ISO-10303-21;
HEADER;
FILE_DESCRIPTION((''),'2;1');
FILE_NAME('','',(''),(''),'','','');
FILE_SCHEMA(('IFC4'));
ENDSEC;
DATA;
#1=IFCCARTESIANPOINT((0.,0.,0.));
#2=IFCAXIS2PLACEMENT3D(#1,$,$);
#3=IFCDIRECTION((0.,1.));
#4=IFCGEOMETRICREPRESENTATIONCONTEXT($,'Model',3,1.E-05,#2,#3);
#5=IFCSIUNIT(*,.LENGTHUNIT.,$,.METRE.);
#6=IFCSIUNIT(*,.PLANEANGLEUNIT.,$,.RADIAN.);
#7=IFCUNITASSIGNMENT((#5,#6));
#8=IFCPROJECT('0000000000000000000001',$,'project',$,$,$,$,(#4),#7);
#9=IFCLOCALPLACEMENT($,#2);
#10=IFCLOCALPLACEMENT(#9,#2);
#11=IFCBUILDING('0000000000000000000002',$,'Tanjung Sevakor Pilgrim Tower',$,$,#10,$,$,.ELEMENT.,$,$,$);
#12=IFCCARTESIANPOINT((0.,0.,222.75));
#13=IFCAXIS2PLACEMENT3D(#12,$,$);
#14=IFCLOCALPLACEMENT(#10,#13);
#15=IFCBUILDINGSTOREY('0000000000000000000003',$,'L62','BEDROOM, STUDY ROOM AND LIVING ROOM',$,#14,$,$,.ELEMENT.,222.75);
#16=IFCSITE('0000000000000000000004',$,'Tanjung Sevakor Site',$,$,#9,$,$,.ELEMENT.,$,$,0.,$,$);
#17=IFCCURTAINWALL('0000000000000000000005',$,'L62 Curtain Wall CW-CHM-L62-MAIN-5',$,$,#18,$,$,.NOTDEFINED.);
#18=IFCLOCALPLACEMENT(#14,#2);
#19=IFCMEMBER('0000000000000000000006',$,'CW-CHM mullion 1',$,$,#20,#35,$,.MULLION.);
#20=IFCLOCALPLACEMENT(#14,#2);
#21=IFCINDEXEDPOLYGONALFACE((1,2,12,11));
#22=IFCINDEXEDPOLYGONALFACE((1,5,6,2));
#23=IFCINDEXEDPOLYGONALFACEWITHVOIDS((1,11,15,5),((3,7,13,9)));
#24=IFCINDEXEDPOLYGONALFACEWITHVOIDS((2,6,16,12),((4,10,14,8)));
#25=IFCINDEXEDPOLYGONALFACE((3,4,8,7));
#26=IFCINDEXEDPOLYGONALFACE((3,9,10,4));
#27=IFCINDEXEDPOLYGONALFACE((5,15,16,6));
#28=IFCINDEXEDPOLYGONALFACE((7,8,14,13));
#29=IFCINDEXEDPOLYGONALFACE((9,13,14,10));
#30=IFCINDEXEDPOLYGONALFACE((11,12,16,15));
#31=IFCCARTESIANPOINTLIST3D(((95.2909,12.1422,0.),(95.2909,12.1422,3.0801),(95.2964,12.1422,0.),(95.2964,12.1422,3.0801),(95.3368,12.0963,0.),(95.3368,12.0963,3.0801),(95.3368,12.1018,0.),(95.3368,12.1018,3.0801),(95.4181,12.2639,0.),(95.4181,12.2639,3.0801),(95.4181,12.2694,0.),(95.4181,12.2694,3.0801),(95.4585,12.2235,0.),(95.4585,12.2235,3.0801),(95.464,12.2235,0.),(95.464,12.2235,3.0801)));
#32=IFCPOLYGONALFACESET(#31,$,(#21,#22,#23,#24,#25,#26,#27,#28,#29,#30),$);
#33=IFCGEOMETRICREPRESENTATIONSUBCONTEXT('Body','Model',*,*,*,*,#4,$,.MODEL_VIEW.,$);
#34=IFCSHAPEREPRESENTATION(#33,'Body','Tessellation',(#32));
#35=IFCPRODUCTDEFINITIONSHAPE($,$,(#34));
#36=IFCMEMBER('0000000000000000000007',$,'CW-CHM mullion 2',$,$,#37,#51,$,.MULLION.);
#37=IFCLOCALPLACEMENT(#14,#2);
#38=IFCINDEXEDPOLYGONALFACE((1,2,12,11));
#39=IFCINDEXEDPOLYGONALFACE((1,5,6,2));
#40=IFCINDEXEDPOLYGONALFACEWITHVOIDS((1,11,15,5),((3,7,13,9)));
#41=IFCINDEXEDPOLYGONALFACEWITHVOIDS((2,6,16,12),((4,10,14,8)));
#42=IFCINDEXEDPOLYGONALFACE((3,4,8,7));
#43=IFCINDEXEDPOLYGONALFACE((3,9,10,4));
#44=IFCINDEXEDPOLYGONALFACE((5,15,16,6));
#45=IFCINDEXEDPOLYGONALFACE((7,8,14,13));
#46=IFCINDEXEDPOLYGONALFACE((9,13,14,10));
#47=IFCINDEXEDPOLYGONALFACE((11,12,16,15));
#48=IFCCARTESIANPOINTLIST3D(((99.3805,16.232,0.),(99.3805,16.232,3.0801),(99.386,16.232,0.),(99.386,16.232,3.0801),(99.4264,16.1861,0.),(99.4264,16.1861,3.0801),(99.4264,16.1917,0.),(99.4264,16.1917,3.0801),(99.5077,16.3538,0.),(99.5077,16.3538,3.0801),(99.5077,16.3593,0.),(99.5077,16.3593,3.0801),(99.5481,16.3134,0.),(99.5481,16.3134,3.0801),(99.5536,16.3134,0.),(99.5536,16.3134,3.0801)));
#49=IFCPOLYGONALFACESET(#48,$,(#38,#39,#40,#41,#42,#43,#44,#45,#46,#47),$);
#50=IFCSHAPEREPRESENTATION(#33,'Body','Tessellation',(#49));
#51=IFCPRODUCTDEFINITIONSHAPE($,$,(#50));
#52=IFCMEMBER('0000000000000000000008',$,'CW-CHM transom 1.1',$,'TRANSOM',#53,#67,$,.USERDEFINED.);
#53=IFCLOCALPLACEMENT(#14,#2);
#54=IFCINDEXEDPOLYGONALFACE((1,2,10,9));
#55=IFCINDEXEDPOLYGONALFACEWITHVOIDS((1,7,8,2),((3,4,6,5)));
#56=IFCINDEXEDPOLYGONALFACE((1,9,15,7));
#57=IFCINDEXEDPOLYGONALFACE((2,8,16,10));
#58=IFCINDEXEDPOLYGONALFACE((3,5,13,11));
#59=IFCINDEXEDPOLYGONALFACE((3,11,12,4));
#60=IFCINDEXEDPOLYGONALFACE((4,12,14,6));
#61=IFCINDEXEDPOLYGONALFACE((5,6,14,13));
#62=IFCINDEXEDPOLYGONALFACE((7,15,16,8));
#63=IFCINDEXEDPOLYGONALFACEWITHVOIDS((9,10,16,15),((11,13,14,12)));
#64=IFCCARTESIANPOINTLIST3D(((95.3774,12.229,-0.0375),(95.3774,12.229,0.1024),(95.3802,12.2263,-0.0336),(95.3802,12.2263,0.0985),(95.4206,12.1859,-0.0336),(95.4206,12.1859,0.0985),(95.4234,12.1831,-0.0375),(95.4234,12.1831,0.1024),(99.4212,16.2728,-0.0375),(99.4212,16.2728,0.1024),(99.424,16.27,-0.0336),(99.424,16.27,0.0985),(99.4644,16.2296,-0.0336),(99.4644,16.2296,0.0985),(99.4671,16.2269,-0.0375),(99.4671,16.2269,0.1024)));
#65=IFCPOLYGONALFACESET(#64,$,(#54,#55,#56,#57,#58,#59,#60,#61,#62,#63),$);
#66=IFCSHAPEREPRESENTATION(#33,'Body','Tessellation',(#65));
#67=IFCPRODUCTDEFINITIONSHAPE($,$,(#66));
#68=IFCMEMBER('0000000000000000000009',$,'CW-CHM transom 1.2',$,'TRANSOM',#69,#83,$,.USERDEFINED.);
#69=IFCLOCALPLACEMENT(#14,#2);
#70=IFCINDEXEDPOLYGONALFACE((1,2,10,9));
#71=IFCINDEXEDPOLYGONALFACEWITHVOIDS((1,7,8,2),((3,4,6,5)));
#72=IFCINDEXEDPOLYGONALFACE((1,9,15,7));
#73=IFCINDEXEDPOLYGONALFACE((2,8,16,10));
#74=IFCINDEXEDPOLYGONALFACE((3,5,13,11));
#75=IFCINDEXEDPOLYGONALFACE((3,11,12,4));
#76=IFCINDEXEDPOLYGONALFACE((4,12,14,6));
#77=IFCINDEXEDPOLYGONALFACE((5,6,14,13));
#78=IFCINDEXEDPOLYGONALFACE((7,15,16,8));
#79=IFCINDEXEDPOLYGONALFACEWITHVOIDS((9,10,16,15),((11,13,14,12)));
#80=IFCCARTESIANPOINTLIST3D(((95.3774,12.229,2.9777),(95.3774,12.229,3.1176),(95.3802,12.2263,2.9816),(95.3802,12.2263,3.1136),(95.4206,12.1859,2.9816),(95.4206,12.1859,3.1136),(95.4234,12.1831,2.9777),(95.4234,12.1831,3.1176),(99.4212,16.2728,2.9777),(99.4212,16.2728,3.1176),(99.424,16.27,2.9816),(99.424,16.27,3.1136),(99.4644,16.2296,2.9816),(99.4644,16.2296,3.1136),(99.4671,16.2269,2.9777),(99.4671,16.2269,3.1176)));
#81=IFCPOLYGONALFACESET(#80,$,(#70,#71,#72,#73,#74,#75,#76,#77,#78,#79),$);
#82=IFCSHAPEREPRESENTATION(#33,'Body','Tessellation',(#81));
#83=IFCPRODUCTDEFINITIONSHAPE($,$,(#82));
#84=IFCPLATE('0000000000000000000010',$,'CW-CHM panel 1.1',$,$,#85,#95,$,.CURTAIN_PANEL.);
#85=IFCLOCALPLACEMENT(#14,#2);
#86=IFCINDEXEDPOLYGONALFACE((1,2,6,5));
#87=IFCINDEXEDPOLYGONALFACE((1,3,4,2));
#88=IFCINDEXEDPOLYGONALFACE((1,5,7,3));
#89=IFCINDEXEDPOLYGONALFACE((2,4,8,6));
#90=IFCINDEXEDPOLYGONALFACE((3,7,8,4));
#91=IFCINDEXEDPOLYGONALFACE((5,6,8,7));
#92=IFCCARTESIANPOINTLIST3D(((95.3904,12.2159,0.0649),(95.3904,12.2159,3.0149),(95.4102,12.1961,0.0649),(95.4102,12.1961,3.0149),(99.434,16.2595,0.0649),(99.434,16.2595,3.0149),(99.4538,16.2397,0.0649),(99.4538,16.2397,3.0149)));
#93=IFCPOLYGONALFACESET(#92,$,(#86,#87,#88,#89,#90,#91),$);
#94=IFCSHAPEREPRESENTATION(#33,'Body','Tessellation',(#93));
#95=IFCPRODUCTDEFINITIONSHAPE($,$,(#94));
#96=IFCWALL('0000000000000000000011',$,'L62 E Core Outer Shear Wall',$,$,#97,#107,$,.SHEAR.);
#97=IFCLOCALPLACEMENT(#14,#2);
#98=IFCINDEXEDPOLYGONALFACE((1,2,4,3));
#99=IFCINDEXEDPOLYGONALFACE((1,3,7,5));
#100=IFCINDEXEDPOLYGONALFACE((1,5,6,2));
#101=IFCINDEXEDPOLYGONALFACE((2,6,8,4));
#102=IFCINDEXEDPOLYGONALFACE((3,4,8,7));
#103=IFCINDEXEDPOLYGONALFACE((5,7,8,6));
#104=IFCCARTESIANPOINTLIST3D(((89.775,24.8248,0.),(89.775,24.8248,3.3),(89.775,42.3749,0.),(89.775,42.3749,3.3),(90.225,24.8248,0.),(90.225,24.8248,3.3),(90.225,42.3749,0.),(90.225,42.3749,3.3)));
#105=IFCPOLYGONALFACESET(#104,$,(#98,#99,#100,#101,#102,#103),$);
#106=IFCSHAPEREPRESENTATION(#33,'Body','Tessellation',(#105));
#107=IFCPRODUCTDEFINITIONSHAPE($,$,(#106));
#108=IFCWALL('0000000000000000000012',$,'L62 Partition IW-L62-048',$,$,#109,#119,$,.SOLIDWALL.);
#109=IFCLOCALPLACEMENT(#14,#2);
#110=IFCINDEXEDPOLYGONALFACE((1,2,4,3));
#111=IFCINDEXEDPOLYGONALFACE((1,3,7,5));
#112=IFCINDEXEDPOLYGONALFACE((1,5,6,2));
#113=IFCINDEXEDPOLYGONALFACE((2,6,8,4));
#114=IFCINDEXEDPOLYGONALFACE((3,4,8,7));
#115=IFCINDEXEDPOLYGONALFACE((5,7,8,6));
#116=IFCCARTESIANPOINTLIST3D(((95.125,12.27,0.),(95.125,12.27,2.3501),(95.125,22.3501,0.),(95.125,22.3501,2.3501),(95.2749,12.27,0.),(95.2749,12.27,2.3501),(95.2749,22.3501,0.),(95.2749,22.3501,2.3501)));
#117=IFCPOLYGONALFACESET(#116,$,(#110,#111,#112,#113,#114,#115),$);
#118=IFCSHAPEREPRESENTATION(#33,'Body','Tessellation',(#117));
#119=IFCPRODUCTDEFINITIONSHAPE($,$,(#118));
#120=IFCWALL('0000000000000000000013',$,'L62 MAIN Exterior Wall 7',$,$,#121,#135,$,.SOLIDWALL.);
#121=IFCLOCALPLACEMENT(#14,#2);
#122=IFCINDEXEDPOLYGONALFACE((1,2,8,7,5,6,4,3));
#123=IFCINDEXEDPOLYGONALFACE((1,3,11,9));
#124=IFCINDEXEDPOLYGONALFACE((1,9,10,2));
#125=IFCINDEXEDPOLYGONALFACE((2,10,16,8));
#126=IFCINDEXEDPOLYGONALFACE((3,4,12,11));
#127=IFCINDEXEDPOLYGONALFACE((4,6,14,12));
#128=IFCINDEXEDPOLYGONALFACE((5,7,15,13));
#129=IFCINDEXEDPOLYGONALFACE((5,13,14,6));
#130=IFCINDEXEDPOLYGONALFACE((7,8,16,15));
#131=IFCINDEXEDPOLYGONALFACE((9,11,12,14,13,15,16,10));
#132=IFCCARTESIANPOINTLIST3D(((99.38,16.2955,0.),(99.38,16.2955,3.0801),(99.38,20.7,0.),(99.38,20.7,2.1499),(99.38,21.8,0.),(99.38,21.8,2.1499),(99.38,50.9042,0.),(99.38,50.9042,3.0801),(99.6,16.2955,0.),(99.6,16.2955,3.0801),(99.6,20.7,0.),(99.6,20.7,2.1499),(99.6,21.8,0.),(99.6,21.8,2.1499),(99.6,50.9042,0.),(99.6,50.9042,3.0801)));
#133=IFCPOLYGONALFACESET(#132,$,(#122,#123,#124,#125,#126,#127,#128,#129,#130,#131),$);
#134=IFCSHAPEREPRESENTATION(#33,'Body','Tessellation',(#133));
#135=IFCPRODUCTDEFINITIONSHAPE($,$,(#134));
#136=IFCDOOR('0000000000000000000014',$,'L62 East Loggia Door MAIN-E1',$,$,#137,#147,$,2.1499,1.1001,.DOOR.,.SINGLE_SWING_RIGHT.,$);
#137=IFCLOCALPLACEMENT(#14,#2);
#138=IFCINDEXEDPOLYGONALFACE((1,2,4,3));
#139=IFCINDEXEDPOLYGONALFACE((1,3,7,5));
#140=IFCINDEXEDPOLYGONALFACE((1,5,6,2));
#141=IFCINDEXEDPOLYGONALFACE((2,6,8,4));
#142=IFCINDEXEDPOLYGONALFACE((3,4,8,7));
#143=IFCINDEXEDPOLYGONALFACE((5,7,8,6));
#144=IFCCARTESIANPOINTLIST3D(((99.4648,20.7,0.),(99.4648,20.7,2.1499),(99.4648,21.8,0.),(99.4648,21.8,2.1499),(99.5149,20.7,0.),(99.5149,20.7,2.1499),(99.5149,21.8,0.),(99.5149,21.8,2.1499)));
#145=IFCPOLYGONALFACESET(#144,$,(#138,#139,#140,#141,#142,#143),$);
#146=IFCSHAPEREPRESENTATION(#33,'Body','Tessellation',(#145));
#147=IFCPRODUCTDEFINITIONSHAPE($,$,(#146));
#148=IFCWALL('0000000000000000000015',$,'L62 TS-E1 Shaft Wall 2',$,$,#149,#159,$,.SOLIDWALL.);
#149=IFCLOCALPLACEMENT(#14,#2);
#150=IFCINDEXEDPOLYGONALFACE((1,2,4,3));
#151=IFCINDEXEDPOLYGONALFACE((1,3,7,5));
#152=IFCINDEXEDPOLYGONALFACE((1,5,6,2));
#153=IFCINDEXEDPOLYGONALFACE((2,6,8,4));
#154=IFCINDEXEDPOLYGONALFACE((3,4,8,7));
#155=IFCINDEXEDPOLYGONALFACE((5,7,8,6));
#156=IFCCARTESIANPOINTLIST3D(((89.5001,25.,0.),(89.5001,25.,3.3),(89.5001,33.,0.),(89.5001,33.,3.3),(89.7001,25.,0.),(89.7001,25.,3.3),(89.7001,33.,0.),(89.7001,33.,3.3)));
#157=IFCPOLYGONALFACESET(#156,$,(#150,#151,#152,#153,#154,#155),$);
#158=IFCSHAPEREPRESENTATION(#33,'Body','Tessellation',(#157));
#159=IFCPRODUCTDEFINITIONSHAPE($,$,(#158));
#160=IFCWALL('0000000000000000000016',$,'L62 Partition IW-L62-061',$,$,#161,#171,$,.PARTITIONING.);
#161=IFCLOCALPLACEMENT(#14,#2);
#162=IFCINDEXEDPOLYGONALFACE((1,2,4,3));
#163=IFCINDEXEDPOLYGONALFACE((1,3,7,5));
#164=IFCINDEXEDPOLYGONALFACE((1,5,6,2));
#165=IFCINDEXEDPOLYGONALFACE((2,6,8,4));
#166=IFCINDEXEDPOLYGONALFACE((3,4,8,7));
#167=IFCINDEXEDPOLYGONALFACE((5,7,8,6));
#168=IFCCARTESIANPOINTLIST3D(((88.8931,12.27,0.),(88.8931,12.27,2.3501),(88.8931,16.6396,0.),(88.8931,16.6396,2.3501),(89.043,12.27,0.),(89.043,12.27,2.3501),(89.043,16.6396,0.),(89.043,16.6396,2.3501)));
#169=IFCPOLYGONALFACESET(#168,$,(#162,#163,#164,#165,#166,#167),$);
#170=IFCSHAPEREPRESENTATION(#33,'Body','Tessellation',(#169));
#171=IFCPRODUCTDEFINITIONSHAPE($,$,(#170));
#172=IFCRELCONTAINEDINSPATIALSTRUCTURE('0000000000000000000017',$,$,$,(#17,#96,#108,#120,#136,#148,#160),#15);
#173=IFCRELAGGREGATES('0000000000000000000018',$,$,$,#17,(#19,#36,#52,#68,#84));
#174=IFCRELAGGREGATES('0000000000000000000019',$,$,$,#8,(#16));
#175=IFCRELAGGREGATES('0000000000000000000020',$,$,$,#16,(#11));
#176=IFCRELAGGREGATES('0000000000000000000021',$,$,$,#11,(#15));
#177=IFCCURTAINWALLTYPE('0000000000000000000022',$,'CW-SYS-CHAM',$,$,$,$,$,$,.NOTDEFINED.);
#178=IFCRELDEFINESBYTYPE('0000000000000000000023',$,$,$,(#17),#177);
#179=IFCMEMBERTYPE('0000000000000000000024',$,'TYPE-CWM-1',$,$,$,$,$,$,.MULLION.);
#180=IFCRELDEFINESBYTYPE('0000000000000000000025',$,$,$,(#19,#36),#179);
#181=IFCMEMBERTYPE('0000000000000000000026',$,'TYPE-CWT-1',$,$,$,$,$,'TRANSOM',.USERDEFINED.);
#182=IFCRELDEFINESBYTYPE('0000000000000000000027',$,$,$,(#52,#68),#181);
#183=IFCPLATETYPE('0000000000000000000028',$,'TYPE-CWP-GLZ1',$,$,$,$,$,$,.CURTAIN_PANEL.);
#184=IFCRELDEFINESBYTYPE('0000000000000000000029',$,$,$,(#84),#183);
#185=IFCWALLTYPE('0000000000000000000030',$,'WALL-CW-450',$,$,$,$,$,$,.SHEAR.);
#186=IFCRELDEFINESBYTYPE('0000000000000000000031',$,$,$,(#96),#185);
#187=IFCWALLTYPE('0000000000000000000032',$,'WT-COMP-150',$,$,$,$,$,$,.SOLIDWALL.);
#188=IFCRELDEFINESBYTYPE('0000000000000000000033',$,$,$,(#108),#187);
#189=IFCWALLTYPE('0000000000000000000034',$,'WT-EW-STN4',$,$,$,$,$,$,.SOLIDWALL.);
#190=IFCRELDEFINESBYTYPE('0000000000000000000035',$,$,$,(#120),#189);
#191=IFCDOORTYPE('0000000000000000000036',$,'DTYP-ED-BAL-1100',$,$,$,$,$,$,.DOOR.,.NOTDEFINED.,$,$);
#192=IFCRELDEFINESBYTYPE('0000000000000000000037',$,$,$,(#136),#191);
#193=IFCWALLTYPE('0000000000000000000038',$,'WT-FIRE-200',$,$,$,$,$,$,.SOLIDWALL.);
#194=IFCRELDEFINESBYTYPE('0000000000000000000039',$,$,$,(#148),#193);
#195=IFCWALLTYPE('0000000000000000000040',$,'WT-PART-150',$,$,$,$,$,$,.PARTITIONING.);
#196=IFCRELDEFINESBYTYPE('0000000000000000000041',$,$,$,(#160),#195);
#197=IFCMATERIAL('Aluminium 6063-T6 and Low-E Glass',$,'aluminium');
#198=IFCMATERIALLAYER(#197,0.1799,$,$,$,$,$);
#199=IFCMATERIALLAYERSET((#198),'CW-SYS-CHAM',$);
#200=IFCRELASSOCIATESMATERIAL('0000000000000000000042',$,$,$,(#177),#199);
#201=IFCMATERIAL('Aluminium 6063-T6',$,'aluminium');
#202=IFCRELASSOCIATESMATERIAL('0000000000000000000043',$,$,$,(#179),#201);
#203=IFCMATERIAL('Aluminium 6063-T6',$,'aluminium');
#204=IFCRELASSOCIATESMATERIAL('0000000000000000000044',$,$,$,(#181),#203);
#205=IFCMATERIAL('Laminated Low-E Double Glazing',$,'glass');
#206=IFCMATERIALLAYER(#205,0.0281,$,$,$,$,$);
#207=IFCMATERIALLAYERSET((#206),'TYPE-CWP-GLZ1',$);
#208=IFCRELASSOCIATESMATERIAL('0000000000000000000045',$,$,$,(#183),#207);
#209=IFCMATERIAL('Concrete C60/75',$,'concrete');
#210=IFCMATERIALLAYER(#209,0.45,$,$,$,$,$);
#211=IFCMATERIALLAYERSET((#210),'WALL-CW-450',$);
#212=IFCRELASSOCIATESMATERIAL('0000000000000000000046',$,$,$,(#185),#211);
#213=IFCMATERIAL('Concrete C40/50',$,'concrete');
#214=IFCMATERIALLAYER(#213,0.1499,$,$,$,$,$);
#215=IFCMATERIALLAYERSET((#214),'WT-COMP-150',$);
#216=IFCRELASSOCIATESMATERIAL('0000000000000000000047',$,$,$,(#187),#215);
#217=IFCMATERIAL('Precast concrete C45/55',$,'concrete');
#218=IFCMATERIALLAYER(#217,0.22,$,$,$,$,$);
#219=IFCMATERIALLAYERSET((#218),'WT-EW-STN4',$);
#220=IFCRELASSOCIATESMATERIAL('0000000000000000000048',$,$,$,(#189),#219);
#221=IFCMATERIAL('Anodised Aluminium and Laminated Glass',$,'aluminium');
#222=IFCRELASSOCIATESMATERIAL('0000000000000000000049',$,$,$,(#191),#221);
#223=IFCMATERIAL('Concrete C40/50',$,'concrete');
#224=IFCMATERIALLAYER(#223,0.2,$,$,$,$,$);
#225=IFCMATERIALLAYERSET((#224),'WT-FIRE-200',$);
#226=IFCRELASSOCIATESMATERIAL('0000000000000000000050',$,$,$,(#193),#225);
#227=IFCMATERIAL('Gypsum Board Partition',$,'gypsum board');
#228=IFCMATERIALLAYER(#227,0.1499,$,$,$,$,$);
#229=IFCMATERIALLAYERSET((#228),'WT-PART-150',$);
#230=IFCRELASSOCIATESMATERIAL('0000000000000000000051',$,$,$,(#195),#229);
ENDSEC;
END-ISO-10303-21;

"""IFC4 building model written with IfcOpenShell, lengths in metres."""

from ifc_helpers import new_model, si_unit, direction, frame, frame_2d, origin, origin_2d, place, context, subcontext, project, spatial, rectangle, hollow_rectangle, extrude, material, layer, layer_set, material_profile, profile_set, type_object, element, fill, aggregate, save


model = new_model("IFC4")

# Units and contexts
model_context = context("Model", 3, precision=1e-05, world=origin(), true_north=direction((0.0, 1.0)))
body_context = subcontext(model_context, "Body", "Model", "MODEL_VIEW")
ifc_project = project(units=[si_unit("LENGTHUNIT", "METRE"), si_unit("PLANEANGLEUNIT", "RADIAN")], contexts=[model_context])

# Site, building, storey
site_placement = place(None, origin())
site = spatial("IfcSite", under=ifc_project, at=site_placement, Name="Tanjung Sevakor Site", CompositionType="ELEMENT", RefElevation=0.0)
building_placement = place(site_placement, origin())
building = spatial("IfcBuilding", under=site, at=building_placement, Name="Tanjung Sevakor Pilgrim Tower", CompositionType="ELEMENT")
storey_placement = place(building_placement, frame((0.0, 0.0, 222.75)))
storey = spatial("IfcBuildingStorey", under=building, at=storey_placement, Name="L62", Description="BEDROOM, STUDY ROOM AND LIVING ROOM", CompositionType="ELEMENT", Elevation=222.75)

# Curtain wall, members, plate
ifc_material_1 = material(Name="Aluminium 6063-T6 and Low-E Glass", Category="aluminium")
ifc_layer_1 = layer(ifc_material_1, 0.1799)
ifc_layer_set_1 = layer_set([ifc_layer_1], Name="CW-SYS-CHAM")
curtain_wall_type = type_object("IfcCurtainWallType", Name="CW-SYS-CHAM", PredefinedType="NOTDEFINED", material=ifc_layer_set_1)
curtain_wall_placement = place(storey_placement, origin())
curtain_wall = element("IfcCurtainWall", 1, at=curtain_wall_placement, inside=storey, type_object=curtain_wall_type, Name="L62 Curtain Wall CW-CHM-L62-MAIN-5", PredefinedType="NOTDEFINED")
ifc_material_2 = material(Name="Aluminium 6063-T6", Category="aluminium")
ifc_material_profile_1 = material_profile(ifc_material_2, hollow_rectangle(XDim=0.0649, YDim=0.1799, WallThickness=0.0039, at=origin_2d()))
ifc_profile_set_1 = profile_set([ifc_material_profile_1], Name="Aluminium 6063-T6")
member_type_1 = type_object("IfcMemberType", Name="TYPE-CWM-1", PredefinedType="MULLION", material=ifc_profile_set_1)
member_1_placement = place(storey_placement, frame((95.3774, 12.1829, 0.0), z_axis=(0.0, 0.0, 1.0), x_axis=(-0.707107, 0.707107, 0.0)))
member_1 = element("IfcMember", 2, at=member_1_placement, type_object=member_type_1, Name="CW-CHM mullion 1", PredefinedType="MULLION", context=body_context, shape_type="SweptSolid", body=[
    extrude(hollow_rectangle(XDim=0.0649, YDim=0.1799, WallThickness=0.0039, at=origin_2d()), origin(), (0.0, 0.0, 1.0), 3.0801),
])
member_2_placement = place(storey_placement, frame((99.467, 16.2727, 0.0), z_axis=(0.0, 0.0, 1.0), x_axis=(-0.707107, 0.707107, 0.0)))
member_2 = element("IfcMember", 3, at=member_2_placement, type_object=member_type_1, Name="CW-CHM mullion 2", PredefinedType="MULLION", context=body_context, shape_type="SweptSolid", body=[
    extrude(hollow_rectangle(XDim=0.0649, YDim=0.1799, WallThickness=0.0039, at=origin_2d()), origin(), (0.0, 0.0, 1.0), 3.0801),
])
ifc_material_3 = material(Name="Aluminium 6063-T6", Category="aluminium")
ifc_material_profile_2 = material_profile(ifc_material_3, hollow_rectangle(XDim=0.0649, YDim=0.1399, WallThickness=0.0039, at=origin_2d()))
ifc_profile_set_2 = profile_set([ifc_material_profile_2], Name="Aluminium 6063-T6")
member_type_2 = type_object("IfcMemberType", Name="TYPE-CWT-1", ElementType="TRANSOM", PredefinedType="USERDEFINED", material=ifc_profile_set_2)
member_3_placement = place(storey_placement, frame((95.4004, 12.2061, 0.0325), z_axis=(0.707107, 0.707107, 0.0), x_axis=(-0.707107, 0.707107, 0.0)))
member_3 = element("IfcMember", 4, at=member_3_placement, type_object=member_type_2, Name="CW-CHM transom 1.1", ObjectType="TRANSOM", PredefinedType="USERDEFINED", context=body_context, shape_type="SweptSolid", body=[
    extrude(hollow_rectangle(XDim=0.0649, YDim=0.1399, WallThickness=0.0039, at=origin_2d()), origin(), (0.0, 0.0, 1.0), 5.7188),
])
member_4_placement = place(storey_placement, frame((95.4004, 12.2061, 3.0476), z_axis=(0.707107, 0.707107, 0.0), x_axis=(-0.707107, 0.707107, 0.0)))
member_4 = element("IfcMember", 5, at=member_4_placement, type_object=member_type_2, Name="CW-CHM transom 1.2", ObjectType="TRANSOM", PredefinedType="USERDEFINED", context=body_context, shape_type="SweptSolid", body=[
    extrude(hollow_rectangle(XDim=0.0649, YDim=0.1399, WallThickness=0.0039, at=origin_2d()), origin(), (0.0, 0.0, 1.0), 5.7188),
])
ifc_material_4 = material(Name="Laminated Low-E Double Glazing", Category="glass")
ifc_layer_2 = layer(ifc_material_4, 0.0281)
ifc_layer_set_2 = layer_set([ifc_layer_2], Name="TYPE-CWP-GLZ1")
plate_type = type_object("IfcPlateType", Name="TYPE-CWP-GLZ1", PredefinedType="CURTAIN_PANEL", material=ifc_layer_set_2)
plate_placement = place(storey_placement, frame((97.4221, 14.2278, 0.0649), z_axis=(0.0, 0.0, 1.0), x_axis=(0.707107, 0.707107, 0.0)))
plate = element("IfcPlate", 6, at=plate_placement, type_object=plate_type, Name="CW-CHM panel 1.1", PredefinedType="CURTAIN_PANEL", context=body_context, shape_type="SweptSolid", body=[
    extrude(rectangle(XDim=5.7185, YDim=0.0281, at=origin_2d()), origin(), (0.0, 0.0, 1.0), 2.95),
])
aggregate(curtain_wall, [member_1, member_2, member_3, member_4, plate])

# Walls
ifc_material_5 = material(Name="Concrete C60/75", Category="concrete")
ifc_layer_3 = layer(ifc_material_5, 0.45)
ifc_layer_set_3 = layer_set([ifc_layer_3], Name="WALL-CW-450")
wall_type_1 = type_object("IfcWallType", Name="WALL-CW-450", PredefinedType="SHEAR", material=ifc_layer_set_3)
wall_1_placement = place(storey_placement, frame((90.0, 24.825, 0.0), z_axis=(0.0, 0.0, 1.0), x_axis=(0.0, 1.0, 0.0)))
element("IfcWall", 7, at=wall_1_placement, inside=storey, type_object=wall_type_1, Name="L62 E Core Outer Shear Wall", PredefinedType="SHEAR", context=body_context, shape_type="SweptSolid", body=[
    extrude(rectangle(XDim=17.55, YDim=0.45, at=frame_2d((8.7749, 0.0))), origin(), (0.0, 0.0, 1.0), 3.3),
])
ifc_material_6 = material(Name="Concrete C40/50", Category="concrete")
ifc_layer_4 = layer(ifc_material_6, 0.1499)
ifc_layer_set_4 = layer_set([ifc_layer_4], Name="WT-COMP-150")
wall_type_2 = type_object("IfcWallType", Name="WT-COMP-150", PredefinedType="SOLIDWALL", material=ifc_layer_set_4)
wall_2_placement = place(storey_placement, frame((95.2, 12.27, 0.0), z_axis=(0.0, 0.0, 1.0), x_axis=(0.0, 1.0, 0.0)))
element("IfcWall", 8, at=wall_2_placement, inside=storey, type_object=wall_type_2, Name="L62 Partition IW-L62-048", PredefinedType="SOLIDWALL", context=body_context, shape_type="SweptSolid", body=[
    extrude(rectangle(XDim=10.0801, YDim=0.1499, at=frame_2d((5.04, 0.0))), origin(), (0.0, 0.0, 1.0), 2.3501),
])

# Wall, opening, door
ifc_material_7 = material(Name="Precast concrete C45/55", Category="concrete")
ifc_layer_5 = layer(ifc_material_7, 0.22)
ifc_layer_set_5 = layer_set([ifc_layer_5], Name="WT-EW-STN4")
wall_type_3 = type_object("IfcWallType", Name="WT-EW-STN4", PredefinedType="SOLIDWALL", material=ifc_layer_set_5)
wall_3_placement = place(storey_placement, frame((99.49, 16.2957, 0.0), z_axis=(0.0, 0.0, 1.0), x_axis=(0.0, 1.0, 0.0)))
wall_3 = element("IfcWall", 9, at=wall_3_placement, inside=storey, type_object=wall_type_3, Name="L62 MAIN Exterior Wall 7", PredefinedType="SOLIDWALL", context=body_context, shape_type="SweptSolid", body=[
    extrude(rectangle(XDim=34.6086, YDim=0.22, at=frame_2d((17.3042, 0.0))), origin(), (0.0, 0.0, 1.0), 3.0801),
])
opening_placement = place(wall_3_placement, frame((4.4043, 0.0, 0.0)))
opening = element("IfcOpeningElement", 10, at=opening_placement, cuts=wall_3, PredefinedType="OPENING", context=body_context, shape_type="SweptSolid", body=[
    extrude(rectangle(XDim=1.1001, YDim=2.1499, at=frame_2d((0.55, 1.075))), frame((0.0, 0.1199, 0.0), z_axis=(0.0, -1.0, 0.0), x_axis=(1.0, 0.0, 0.0)), (0.0, 0.0, 1.0), 0.24),
])
ifc_material_8 = material(Name="Anodised Aluminium and Laminated Glass", Category="aluminium")
door_type = type_object("IfcDoorType", Name="DTYP-ED-BAL-1100", OperationType="NOTDEFINED", PredefinedType="DOOR", material=ifc_material_8)
door_placement = place(opening_placement, frame((1.1001, 0.0, 0.0), z_axis=(0.0, 0.0, 1.0), x_axis=(-1.0, 0.0, 0.0)))
door = element("IfcDoor", 11, at=door_placement, inside=storey, type_object=door_type, Name="L62 East Loggia Door MAIN-E1", OperationType="SINGLE_SWING_RIGHT", OverallHeight=2.1499, OverallWidth=1.1001, PredefinedType="DOOR", context=body_context, shape_type="SweptSolid", body=[
    extrude(rectangle(XDim=1.1001, YDim=2.1499, at=frame_2d((0.55, 1.075))), frame((0.0, 0.0249, 0.0), z_axis=(0.0, -1.0, 0.0), x_axis=(1.0, 0.0, 0.0)), (0.0, 0.0, 1.0), 0.05),
])
fill(opening, door)

# Walls
ifc_material_9 = material(Name="Concrete C40/50", Category="concrete")
ifc_layer_6 = layer(ifc_material_9, 0.2)
ifc_layer_set_6 = layer_set([ifc_layer_6], Name="WT-FIRE-200")
wall_type_4 = type_object("IfcWallType", Name="WT-FIRE-200", PredefinedType="SOLIDWALL", material=ifc_layer_set_6)
wall_4_placement = place(storey_placement, frame((89.6001, 25.0, 0.0), z_axis=(0.0, 0.0, 1.0), x_axis=(0.0, 1.0, 0.0)))
element("IfcWall", 12, at=wall_4_placement, inside=storey, type_object=wall_type_4, Name="L62 TS-E1 Shaft Wall 2", PredefinedType="SOLIDWALL", context=body_context, shape_type="SweptSolid", body=[
    extrude(rectangle(XDim=8.0, YDim=0.2, at=frame_2d((4.0, 0.0))), origin(), (0.0, 0.0, 1.0), 3.3),
])
ifc_material_10 = material(Name="Gypsum Board Partition", Category="gypsum board")
ifc_layer_7 = layer(ifc_material_10, 0.1499)
ifc_layer_set_7 = layer_set([ifc_layer_7], Name="WT-PART-150")
wall_type_5 = type_object("IfcWallType", Name="WT-PART-150", PredefinedType="PARTITIONING", material=ifc_layer_set_7)
wall_5_placement = place(storey_placement, frame((88.968, 12.27, 0.0), z_axis=(0.0, 0.0, 1.0), x_axis=(0.0, 1.0, 0.0)))
element("IfcWall", 13, at=wall_5_placement, inside=storey, type_object=wall_type_5, Name="L62 Partition IW-L62-061", PredefinedType="PARTITIONING", context=body_context, shape_type="SweptSolid", body=[
    extrude(rectangle(XDim=4.3696, YDim=0.1499, at=frame_2d((2.1848, 0.0))), origin(), (0.0, 0.0, 1.0), 2.3501),
])

save(model, "model.ifc")
